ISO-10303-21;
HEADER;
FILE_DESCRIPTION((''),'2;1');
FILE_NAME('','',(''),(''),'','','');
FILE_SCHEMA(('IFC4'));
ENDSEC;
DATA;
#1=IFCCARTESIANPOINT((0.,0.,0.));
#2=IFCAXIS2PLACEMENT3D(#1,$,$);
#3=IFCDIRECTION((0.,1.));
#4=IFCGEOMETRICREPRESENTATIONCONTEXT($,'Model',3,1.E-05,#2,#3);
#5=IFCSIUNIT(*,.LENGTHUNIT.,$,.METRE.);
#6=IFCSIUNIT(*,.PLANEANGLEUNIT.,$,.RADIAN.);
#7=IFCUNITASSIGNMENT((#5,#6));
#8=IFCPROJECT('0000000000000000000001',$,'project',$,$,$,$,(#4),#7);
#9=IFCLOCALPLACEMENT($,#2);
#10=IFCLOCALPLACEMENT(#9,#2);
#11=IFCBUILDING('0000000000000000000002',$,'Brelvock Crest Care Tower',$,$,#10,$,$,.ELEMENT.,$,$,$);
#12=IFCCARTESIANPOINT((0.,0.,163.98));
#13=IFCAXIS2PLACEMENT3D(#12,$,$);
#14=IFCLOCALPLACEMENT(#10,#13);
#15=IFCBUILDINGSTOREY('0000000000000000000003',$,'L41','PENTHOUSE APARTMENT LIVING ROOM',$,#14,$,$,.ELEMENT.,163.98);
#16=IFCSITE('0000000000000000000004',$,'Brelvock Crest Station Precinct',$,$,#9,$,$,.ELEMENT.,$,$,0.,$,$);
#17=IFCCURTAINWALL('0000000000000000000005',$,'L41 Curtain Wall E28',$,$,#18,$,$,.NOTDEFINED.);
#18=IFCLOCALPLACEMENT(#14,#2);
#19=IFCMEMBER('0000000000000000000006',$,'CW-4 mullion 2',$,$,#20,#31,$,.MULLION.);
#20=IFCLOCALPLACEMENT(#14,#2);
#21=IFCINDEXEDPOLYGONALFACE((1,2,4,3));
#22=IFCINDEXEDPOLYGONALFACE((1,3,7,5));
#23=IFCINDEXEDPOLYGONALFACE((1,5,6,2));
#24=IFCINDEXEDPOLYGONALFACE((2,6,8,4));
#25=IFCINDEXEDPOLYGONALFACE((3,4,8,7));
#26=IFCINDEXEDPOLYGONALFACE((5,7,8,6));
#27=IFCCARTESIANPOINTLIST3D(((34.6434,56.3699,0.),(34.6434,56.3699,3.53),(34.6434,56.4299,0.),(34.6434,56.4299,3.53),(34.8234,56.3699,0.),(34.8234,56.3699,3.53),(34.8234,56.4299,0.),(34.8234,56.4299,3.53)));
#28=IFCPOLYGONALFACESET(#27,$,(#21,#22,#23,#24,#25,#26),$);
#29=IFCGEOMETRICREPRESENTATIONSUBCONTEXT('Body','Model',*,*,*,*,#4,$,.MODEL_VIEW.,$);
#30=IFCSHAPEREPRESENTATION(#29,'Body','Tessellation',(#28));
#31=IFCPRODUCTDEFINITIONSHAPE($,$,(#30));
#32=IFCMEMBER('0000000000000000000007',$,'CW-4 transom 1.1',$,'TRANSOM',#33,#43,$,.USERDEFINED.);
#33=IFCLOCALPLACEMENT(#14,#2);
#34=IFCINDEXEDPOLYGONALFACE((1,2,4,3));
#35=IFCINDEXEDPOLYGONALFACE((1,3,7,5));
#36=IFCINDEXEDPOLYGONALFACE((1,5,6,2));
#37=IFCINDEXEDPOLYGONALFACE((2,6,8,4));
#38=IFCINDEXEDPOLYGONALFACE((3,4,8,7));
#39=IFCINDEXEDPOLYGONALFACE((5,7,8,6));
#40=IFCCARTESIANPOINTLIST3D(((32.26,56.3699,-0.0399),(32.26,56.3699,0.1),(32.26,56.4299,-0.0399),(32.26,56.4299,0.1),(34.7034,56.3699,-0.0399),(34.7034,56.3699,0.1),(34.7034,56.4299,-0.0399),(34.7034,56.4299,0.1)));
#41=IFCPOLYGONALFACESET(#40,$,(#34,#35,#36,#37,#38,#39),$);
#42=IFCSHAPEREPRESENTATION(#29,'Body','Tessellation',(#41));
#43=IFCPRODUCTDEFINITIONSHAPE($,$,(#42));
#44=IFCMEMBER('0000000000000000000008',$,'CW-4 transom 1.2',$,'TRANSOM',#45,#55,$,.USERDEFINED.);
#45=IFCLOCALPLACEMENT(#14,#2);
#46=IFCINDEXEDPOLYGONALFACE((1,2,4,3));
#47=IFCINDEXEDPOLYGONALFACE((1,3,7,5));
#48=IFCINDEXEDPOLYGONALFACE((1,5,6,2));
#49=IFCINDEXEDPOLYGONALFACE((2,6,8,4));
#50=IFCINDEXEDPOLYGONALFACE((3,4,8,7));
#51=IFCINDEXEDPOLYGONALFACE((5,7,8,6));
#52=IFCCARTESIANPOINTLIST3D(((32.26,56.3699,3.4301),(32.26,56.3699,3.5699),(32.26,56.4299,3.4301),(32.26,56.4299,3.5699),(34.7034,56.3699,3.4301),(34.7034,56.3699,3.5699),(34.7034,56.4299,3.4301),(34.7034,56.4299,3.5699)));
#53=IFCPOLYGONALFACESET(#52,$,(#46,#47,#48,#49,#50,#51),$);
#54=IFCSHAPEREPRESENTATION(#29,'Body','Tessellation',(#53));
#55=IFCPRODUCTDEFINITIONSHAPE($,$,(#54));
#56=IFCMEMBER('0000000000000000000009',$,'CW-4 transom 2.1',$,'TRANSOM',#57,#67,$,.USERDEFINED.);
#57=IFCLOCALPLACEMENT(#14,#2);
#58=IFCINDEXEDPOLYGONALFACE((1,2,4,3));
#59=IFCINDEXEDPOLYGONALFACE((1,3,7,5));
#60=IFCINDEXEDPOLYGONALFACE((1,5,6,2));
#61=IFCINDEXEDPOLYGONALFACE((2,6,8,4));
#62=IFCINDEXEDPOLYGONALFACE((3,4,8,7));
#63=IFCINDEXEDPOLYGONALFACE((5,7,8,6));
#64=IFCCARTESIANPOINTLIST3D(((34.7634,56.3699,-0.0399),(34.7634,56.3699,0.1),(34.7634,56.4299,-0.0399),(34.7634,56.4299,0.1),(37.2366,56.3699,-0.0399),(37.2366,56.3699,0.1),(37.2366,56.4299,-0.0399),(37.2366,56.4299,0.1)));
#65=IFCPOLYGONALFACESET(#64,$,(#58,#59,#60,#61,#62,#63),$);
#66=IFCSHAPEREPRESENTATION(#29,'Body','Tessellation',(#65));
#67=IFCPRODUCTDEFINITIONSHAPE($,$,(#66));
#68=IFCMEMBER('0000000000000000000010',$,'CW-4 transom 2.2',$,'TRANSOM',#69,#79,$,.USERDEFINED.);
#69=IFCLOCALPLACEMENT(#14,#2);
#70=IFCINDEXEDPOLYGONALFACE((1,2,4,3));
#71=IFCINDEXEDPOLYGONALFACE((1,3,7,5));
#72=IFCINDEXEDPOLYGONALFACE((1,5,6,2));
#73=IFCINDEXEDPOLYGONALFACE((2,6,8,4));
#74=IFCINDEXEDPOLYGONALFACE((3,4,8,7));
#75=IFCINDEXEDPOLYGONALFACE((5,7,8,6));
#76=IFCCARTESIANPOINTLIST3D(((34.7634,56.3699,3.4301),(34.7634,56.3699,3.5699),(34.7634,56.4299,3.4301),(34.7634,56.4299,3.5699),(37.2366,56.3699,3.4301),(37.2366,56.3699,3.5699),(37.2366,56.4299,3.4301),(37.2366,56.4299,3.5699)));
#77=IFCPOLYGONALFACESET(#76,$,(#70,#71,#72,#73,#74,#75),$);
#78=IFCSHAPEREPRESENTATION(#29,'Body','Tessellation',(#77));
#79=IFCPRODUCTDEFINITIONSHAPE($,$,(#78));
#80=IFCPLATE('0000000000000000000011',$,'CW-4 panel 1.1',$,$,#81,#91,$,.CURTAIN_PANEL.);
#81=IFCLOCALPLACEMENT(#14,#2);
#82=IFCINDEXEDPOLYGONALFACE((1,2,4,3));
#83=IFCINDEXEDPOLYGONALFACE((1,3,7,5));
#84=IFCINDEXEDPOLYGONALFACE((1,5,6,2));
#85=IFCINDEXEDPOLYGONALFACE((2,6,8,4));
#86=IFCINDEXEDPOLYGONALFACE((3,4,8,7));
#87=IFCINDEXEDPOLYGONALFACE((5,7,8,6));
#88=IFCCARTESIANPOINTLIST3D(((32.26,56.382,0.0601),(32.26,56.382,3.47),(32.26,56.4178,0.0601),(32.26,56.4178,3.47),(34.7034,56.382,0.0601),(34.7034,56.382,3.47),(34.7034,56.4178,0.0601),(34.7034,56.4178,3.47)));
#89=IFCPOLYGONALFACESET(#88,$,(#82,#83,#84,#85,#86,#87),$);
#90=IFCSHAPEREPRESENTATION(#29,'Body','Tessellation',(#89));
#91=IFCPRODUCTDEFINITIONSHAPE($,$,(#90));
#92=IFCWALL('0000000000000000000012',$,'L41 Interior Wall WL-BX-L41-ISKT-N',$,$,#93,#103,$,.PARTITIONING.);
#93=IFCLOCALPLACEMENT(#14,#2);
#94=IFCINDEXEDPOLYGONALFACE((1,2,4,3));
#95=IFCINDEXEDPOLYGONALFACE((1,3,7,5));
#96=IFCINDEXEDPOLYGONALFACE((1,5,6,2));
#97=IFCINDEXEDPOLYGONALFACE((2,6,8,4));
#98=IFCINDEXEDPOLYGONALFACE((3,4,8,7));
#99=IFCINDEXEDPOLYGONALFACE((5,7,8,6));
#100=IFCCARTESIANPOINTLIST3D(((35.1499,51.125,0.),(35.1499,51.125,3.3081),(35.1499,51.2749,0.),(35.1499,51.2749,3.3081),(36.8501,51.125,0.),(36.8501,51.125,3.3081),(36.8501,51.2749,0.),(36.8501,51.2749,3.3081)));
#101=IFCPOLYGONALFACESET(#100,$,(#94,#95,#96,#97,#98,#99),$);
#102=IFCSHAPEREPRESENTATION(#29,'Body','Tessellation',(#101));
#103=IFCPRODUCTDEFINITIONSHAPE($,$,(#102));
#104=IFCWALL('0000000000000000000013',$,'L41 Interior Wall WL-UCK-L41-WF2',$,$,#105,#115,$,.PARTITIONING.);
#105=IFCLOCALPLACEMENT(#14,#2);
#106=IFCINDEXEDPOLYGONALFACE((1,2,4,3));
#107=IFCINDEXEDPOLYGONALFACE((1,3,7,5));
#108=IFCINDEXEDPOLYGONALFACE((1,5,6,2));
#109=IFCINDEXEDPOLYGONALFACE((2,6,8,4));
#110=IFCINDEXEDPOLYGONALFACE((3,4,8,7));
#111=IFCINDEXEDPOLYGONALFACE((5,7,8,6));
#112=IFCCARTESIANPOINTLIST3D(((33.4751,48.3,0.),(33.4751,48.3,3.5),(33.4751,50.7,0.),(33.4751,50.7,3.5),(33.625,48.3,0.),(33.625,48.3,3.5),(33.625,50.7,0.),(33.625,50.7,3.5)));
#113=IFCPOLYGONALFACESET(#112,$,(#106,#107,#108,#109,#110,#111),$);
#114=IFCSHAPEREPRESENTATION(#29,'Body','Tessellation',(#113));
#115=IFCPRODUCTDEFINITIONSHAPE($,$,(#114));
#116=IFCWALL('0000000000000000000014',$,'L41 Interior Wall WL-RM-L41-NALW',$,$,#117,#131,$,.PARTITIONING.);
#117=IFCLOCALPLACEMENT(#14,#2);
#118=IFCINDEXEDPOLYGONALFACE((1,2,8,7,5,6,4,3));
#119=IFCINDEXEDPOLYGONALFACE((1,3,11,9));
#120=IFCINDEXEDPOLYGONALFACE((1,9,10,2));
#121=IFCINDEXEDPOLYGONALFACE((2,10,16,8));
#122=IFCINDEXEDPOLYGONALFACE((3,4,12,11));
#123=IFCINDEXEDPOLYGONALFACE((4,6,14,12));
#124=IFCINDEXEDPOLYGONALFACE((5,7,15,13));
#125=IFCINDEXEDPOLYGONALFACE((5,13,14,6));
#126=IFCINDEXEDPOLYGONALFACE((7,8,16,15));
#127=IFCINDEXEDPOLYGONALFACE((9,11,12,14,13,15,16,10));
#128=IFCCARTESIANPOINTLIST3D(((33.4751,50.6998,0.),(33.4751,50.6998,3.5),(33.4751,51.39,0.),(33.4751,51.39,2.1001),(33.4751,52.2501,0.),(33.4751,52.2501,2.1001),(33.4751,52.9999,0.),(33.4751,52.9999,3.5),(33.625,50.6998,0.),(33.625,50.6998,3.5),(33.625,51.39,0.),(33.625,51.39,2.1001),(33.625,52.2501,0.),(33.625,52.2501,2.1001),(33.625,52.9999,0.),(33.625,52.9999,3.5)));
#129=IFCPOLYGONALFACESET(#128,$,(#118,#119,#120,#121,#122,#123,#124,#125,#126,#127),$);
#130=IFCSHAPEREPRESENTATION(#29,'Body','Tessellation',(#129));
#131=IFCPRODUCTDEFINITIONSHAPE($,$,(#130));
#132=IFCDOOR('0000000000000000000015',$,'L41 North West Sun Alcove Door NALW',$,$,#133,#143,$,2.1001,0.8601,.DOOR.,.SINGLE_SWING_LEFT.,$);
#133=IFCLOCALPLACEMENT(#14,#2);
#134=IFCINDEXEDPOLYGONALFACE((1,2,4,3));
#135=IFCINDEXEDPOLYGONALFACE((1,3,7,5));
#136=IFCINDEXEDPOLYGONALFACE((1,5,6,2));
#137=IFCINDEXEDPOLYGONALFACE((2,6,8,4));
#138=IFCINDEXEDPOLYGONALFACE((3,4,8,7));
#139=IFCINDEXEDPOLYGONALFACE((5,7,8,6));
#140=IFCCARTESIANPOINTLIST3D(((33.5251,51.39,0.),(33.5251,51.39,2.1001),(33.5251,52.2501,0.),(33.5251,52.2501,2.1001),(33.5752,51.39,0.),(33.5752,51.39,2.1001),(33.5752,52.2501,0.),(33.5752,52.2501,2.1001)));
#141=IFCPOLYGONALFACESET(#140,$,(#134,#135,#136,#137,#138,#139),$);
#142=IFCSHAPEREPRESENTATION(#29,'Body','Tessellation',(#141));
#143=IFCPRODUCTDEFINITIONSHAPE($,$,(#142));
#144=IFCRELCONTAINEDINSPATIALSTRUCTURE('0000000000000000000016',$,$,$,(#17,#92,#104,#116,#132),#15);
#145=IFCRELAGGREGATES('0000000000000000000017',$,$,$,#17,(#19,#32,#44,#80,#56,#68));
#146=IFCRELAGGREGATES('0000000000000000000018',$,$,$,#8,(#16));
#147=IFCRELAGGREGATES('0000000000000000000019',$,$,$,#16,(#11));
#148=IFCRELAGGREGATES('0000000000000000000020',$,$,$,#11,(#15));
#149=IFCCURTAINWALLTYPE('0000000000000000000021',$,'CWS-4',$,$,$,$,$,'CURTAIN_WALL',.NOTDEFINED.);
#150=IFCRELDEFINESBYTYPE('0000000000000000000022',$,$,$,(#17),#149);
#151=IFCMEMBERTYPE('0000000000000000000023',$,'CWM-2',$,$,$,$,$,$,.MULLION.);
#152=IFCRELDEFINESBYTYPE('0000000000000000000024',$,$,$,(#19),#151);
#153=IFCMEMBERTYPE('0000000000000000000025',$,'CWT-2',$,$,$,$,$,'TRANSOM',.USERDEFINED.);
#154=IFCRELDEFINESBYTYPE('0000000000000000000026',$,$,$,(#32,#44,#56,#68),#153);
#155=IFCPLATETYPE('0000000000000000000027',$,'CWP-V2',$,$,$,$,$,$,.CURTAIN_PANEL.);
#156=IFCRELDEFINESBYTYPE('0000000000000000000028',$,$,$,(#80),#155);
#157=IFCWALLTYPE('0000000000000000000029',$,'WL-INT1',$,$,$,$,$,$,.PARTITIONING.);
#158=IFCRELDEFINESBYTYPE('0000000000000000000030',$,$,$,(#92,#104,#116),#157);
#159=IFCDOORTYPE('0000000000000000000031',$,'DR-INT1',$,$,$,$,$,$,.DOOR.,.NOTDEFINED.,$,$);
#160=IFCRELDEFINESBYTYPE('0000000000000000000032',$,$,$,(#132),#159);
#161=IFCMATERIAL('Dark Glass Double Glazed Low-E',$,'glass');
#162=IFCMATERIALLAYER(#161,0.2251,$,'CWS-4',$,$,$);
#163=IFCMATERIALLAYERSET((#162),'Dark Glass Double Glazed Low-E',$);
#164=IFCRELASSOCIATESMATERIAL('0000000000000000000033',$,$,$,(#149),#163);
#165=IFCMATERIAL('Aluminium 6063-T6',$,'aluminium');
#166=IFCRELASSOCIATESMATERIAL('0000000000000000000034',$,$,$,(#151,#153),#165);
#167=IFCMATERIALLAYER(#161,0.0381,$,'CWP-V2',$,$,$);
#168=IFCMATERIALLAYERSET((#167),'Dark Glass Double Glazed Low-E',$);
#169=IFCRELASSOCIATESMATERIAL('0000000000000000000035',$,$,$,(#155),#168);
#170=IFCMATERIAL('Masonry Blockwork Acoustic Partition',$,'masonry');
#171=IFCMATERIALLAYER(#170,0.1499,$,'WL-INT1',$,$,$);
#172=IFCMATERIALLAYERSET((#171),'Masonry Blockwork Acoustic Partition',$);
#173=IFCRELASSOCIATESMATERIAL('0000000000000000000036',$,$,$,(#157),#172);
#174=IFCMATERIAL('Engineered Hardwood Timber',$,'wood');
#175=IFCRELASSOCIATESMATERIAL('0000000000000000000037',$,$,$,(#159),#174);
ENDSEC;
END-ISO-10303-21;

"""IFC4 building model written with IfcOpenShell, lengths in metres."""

from ifc_helpers import new_model, si_unit, direction, frame, frame_2d, origin, origin_2d, place, context, subcontext, project, spatial, rectangle, extrude, source, transform, mapped, material, layer, layer_set, material_profile, profile_set, type_object, element, fill, aggregate, save


model = new_model("IFC4")

# Units and contexts
model_context = context("Model", 3, precision=1e-05, world=origin(), true_north=direction((0.0, 1.0)))
body_context = subcontext(model_context, "Body", "Model", "MODEL_VIEW")
ifc_project = project(units=[si_unit("LENGTHUNIT", "METRE"), si_unit("PLANEANGLEUNIT", "RADIAN")], contexts=[model_context])

# Site, building, storey
site_placement = place(None, origin())
site = spatial("IfcSite", under=ifc_project, at=site_placement, Name="Brelvock Crest Station Precinct", CompositionType="ELEMENT", RefElevation=0.0)
building_placement = place(site_placement, origin())
building = spatial("IfcBuilding", under=site, at=building_placement, Name="Brelvock Crest Care Tower", CompositionType="ELEMENT")
storey_placement = place(building_placement, frame((0.0, 0.0, 163.98)))
storey = spatial("IfcBuildingStorey", under=building, at=storey_placement, Name="L41", Description="PENTHOUSE APARTMENT LIVING ROOM", CompositionType="ELEMENT", Elevation=163.98)

# Curtain wall, members, plate
ifc_material_1 = material(Name="Dark Glass Double Glazed Low-E", Category="glass")
ifc_layer_1 = layer(ifc_material_1, 0.2251, Name="CWS-4")
ifc_layer_set_1 = layer_set([ifc_layer_1], Name="Dark Glass Double Glazed Low-E")
curtain_wall_type = type_object("IfcCurtainWallType", Name="CWS-4", ElementType="CURTAIN_WALL", PredefinedType="NOTDEFINED", material=ifc_layer_set_1)
curtain_wall_placement = place(storey_placement, origin())
curtain_wall = element("IfcCurtainWall", 1, at=curtain_wall_placement, inside=storey, type_object=curtain_wall_type, Name="L41 Curtain Wall E28", PredefinedType="NOTDEFINED")
ifc_material_2 = material(Name="Aluminium 6063-T6", Category="aluminium")
ifc_material_profile_1 = material_profile(ifc_material_2, rectangle(XDim=0.0601, YDim=0.1799, at=origin_2d()), Name="ALU60x180")
ifc_profile_set_1 = profile_set([ifc_material_profile_1], Name="Aluminium 6063-T6")
member_type_1 = type_object("IfcMemberType", Name="CWM-2", PredefinedType="MULLION", material=ifc_profile_set_1)
shared_shape_1 = source(origin(), body_context, "Body", "SweptSolid", [
    extrude(rectangle(XDim=0.0601, YDim=0.1799, at=origin_2d()), origin(), (0.0, 0.0, 1.0), 3.53),
])
member_1_placement = place(storey_placement, frame((34.7334, 56.3999, 0.0), z_axis=(0.0, 0.0, 1.0), x_axis=(0.0, 1.0, 0.0)))
member_1 = element("IfcMember", 2, at=member_1_placement, type_object=member_type_1, Name="CW-4 mullion 2", PredefinedType="MULLION", context=body_context, shape_type="MappedRepresentation", body=[
    mapped(shared_shape_1, transform((0.0, 0.0, 0.0), x_axis=(1.0, 0.0, 0.0), y_axis=(0.0, 1.0, 0.0), z_axis=(0.0, 0.0, 1.0), scale=1.0)),
])
ifc_material_profile_2 = material_profile(ifc_material_2, rectangle(XDim=0.0601, YDim=0.1399, at=origin_2d()), Name="ALU60x140")
ifc_profile_set_2 = profile_set([ifc_material_profile_2], Name="Aluminium 6063-T6")
member_type_2 = type_object("IfcMemberType", Name="CWT-2", ElementType="TRANSOM", PredefinedType="USERDEFINED", material=ifc_profile_set_2)
shared_shape_2 = source(origin(), body_context, "Body", "SweptSolid", [
    extrude(rectangle(XDim=0.0601, YDim=0.1399, at=origin_2d()), origin(), (0.0, 0.0, 1.0), 2.4434),
])
member_2_placement = place(storey_placement, frame((32.26, 56.3999, 0.03), z_axis=(1.0, 0.0, 0.0), x_axis=(0.0, 1.0, 0.0)))
member_2 = element("IfcMember", 3, at=member_2_placement, type_object=member_type_2, Name="CW-4 transom 1.1", ObjectType="TRANSOM", PredefinedType="USERDEFINED", context=body_context, shape_type="MappedRepresentation", body=[
    mapped(shared_shape_2, transform((0.0, 0.0, 0.0), x_axis=(1.0, 0.0, 0.0), y_axis=(0.0, 1.0, 0.0), z_axis=(0.0, 0.0, 1.0), scale=1.0)),
])
member_3_placement = place(storey_placement, frame((32.26, 56.3999, 3.5), z_axis=(1.0, 0.0, 0.0), x_axis=(0.0, 1.0, 0.0)))
member_3 = element("IfcMember", 4, at=member_3_placement, type_object=member_type_2, Name="CW-4 transom 1.2", ObjectType="TRANSOM", PredefinedType="USERDEFINED", context=body_context, shape_type="MappedRepresentation", body=[
    mapped(shared_shape_2, transform((0.0, 0.0, 0.0), x_axis=(1.0, 0.0, 0.0), y_axis=(0.0, 1.0, 0.0), z_axis=(0.0, 0.0, 1.0), scale=1.0)),
])
shared_shape_3 = source(origin(), body_context, "Body", "SweptSolid", [
    extrude(rectangle(XDim=0.0601, YDim=0.1399, at=origin_2d()), origin(), (0.0, 0.0, 1.0), 2.4731),
])
member_4_placement = place(storey_placement, frame((34.7634, 56.3999, 0.03), z_axis=(1.0, 0.0, 0.0), x_axis=(0.0, 1.0, 0.0)))
member_4 = element("IfcMember", 5, at=member_4_placement, type_object=member_type_2, Name="CW-4 transom 2.1", ObjectType="TRANSOM", PredefinedType="USERDEFINED", context=body_context, shape_type="MappedRepresentation", body=[
    mapped(shared_shape_3, transform((0.0, 0.0, 0.0), x_axis=(1.0, 0.0, 0.0), y_axis=(0.0, 1.0, 0.0), z_axis=(0.0, 0.0, 1.0), scale=1.0)),
])
member_5_placement = place(storey_placement, frame((34.7634, 56.3999, 3.5), z_axis=(1.0, 0.0, 0.0), x_axis=(0.0, 1.0, 0.0)))
member_5 = element("IfcMember", 6, at=member_5_placement, type_object=member_type_2, Name="CW-4 transom 2.2", ObjectType="TRANSOM", PredefinedType="USERDEFINED", context=body_context, shape_type="MappedRepresentation", body=[
    mapped(shared_shape_3, transform((0.0, 0.0, 0.0), x_axis=(1.0, 0.0, 0.0), y_axis=(0.0, 1.0, 0.0), z_axis=(0.0, 0.0, 1.0), scale=1.0)),
])
ifc_layer_2 = layer(ifc_material_1, 0.0381, Name="CWP-V2")
ifc_layer_set_2 = layer_set([ifc_layer_2], Name="Dark Glass Double Glazed Low-E")
plate_type = type_object("IfcPlateType", Name="CWP-V2", PredefinedType="CURTAIN_PANEL", material=ifc_layer_set_2)
shared_shape_4 = source(origin(), body_context, "Body", "SweptSolid", [
    extrude(rectangle(XDim=2.4434, YDim=0.0359, at=origin_2d()), origin(), (0.0, 0.0, 1.0), 3.4099),
])
plate_placement = place(storey_placement, frame((33.4817, 56.3999, 0.0601), z_axis=(0.0, 0.0, 1.0), x_axis=(1.0, 0.0, 0.0)))
plate = element("IfcPlate", 7, at=plate_placement, type_object=plate_type, Name="CW-4 panel 1.1", PredefinedType="CURTAIN_PANEL", context=body_context, shape_type="MappedRepresentation", body=[
    mapped(shared_shape_4, transform((0.0, 0.0, 0.0), x_axis=(1.0, 0.0, 0.0), y_axis=(0.0, 1.0, 0.0), z_axis=(0.0, 0.0, 1.0), scale=1.0)),
])
aggregate(curtain_wall, [member_1, member_2, member_3, plate, member_4, member_5])

# Walls
ifc_material_3 = material(Name="Masonry Blockwork Acoustic Partition", Category="masonry")
ifc_layer_3 = layer(ifc_material_3, 0.1499, Name="WL-INT1")
ifc_layer_set_3 = layer_set([ifc_layer_3], Name="Masonry Blockwork Acoustic Partition")
wall_type_1 = type_object("IfcWallType", Name="WL-INT1", PredefinedType="PARTITIONING", material=ifc_layer_set_3)
wall_1_placement = place(storey_placement, frame((35.1499, 51.2, 0.0), z_axis=(0.0, 0.0, 1.0), x_axis=(1.0, 0.0, 0.0)))
element("IfcWall", 8, at=wall_1_placement, inside=storey, type_object=wall_type_1, Name="L41 Interior Wall WL-BX-L41-ISKT-N", PredefinedType="PARTITIONING", context=body_context, shape_type="SweptSolid", body=[
    extrude(rectangle(XDim=1.7002, YDim=0.1499, at=frame_2d((0.8501, 0.0))), origin(), (0.0, 0.0, 1.0), 3.3081),
])
wall_2_placement = place(storey_placement, frame((33.55, 48.3, 0.0), z_axis=(0.0, 0.0, 1.0), x_axis=(0.0, 1.0, 0.0)))
element("IfcWall", 9, at=wall_2_placement, inside=storey, type_object=wall_type_1, Name="L41 Interior Wall WL-UCK-L41-WF2", PredefinedType="PARTITIONING", context=body_context, shape_type="SweptSolid", body=[
    extrude(rectangle(XDim=2.3999, YDim=0.1499, at=frame_2d((1.2, 0.0))), origin(), (0.0, 0.0, 1.0), 3.5),
])

# Wall, opening, door
wall_3_placement = place(storey_placement, frame((33.55, 50.7, 0.0), z_axis=(0.0, 0.0, 1.0), x_axis=(0.0, 1.0, 0.0)))
wall_3 = element("IfcWall", 10, at=wall_3_placement, inside=storey, type_object=wall_type_1, Name="L41 Interior Wall WL-RM-L41-NALW", PredefinedType="PARTITIONING", context=body_context, shape_type="SweptSolid", body=[
    extrude(rectangle(XDim=2.3, YDim=0.1499, at=frame_2d((1.1499, 0.0))), origin(), (0.0, 0.0, 1.0), 3.5),
])
opening_1_placement = place(wall_3_placement, frame((0.6899, 0.0, 0.0)))
opening_1 = element("IfcOpeningElement", 11, at=opening_1_placement, cuts=wall_3, PredefinedType="OPENING", context=body_context, shape_type="SweptSolid", body=[
    extrude(rectangle(XDim=0.8601, YDim=2.1001, at=origin_2d()), frame((0.4302, 0.085, 1.05), z_axis=(0.0, -1.0, 0.0), x_axis=(1.0, 0.0, 0.0)), (0.0, 0.0, 1.0), 0.1699),
])
ifc_material_4 = material(Name="Engineered Hardwood Timber", Category="wood")
door_type = type_object("IfcDoorType", Name="DR-INT1", OperationType="NOTDEFINED", PredefinedType="DOOR", material=ifc_material_4)
shared_shape_5 = source(origin(), body_context, "Body", "SweptSolid", [
    extrude(rectangle(XDim=0.8601, YDim=2.1001, at=origin_2d()), frame((0.4302, 0.0249, 1.05), z_axis=(0.0, -1.0, 0.0), x_axis=(1.0, 0.0, 0.0)), (0.0, 0.0, 1.0), 0.05),
])
door_1_placement = place(opening_1_placement, origin())
door_1 = element("IfcDoor", 12, at=door_1_placement, inside=storey, type_object=door_type, Name="L41 North West Sun Alcove Door NALW", OperationType="SINGLE_SWING_LEFT", OverallHeight=2.1001, OverallWidth=0.8601, PredefinedType="DOOR", context=body_context, shape_type="MappedRepresentation", body=[
    mapped(shared_shape_5, transform((0.0, 0.0, 0.0), x_axis=(1.0, 0.0, 0.0), y_axis=(0.0, 1.0, 0.0), z_axis=(0.0, 0.0, 1.0), scale=1.0)),
])
fill(opening_1, door_1)

save(model, "model.ifc")
